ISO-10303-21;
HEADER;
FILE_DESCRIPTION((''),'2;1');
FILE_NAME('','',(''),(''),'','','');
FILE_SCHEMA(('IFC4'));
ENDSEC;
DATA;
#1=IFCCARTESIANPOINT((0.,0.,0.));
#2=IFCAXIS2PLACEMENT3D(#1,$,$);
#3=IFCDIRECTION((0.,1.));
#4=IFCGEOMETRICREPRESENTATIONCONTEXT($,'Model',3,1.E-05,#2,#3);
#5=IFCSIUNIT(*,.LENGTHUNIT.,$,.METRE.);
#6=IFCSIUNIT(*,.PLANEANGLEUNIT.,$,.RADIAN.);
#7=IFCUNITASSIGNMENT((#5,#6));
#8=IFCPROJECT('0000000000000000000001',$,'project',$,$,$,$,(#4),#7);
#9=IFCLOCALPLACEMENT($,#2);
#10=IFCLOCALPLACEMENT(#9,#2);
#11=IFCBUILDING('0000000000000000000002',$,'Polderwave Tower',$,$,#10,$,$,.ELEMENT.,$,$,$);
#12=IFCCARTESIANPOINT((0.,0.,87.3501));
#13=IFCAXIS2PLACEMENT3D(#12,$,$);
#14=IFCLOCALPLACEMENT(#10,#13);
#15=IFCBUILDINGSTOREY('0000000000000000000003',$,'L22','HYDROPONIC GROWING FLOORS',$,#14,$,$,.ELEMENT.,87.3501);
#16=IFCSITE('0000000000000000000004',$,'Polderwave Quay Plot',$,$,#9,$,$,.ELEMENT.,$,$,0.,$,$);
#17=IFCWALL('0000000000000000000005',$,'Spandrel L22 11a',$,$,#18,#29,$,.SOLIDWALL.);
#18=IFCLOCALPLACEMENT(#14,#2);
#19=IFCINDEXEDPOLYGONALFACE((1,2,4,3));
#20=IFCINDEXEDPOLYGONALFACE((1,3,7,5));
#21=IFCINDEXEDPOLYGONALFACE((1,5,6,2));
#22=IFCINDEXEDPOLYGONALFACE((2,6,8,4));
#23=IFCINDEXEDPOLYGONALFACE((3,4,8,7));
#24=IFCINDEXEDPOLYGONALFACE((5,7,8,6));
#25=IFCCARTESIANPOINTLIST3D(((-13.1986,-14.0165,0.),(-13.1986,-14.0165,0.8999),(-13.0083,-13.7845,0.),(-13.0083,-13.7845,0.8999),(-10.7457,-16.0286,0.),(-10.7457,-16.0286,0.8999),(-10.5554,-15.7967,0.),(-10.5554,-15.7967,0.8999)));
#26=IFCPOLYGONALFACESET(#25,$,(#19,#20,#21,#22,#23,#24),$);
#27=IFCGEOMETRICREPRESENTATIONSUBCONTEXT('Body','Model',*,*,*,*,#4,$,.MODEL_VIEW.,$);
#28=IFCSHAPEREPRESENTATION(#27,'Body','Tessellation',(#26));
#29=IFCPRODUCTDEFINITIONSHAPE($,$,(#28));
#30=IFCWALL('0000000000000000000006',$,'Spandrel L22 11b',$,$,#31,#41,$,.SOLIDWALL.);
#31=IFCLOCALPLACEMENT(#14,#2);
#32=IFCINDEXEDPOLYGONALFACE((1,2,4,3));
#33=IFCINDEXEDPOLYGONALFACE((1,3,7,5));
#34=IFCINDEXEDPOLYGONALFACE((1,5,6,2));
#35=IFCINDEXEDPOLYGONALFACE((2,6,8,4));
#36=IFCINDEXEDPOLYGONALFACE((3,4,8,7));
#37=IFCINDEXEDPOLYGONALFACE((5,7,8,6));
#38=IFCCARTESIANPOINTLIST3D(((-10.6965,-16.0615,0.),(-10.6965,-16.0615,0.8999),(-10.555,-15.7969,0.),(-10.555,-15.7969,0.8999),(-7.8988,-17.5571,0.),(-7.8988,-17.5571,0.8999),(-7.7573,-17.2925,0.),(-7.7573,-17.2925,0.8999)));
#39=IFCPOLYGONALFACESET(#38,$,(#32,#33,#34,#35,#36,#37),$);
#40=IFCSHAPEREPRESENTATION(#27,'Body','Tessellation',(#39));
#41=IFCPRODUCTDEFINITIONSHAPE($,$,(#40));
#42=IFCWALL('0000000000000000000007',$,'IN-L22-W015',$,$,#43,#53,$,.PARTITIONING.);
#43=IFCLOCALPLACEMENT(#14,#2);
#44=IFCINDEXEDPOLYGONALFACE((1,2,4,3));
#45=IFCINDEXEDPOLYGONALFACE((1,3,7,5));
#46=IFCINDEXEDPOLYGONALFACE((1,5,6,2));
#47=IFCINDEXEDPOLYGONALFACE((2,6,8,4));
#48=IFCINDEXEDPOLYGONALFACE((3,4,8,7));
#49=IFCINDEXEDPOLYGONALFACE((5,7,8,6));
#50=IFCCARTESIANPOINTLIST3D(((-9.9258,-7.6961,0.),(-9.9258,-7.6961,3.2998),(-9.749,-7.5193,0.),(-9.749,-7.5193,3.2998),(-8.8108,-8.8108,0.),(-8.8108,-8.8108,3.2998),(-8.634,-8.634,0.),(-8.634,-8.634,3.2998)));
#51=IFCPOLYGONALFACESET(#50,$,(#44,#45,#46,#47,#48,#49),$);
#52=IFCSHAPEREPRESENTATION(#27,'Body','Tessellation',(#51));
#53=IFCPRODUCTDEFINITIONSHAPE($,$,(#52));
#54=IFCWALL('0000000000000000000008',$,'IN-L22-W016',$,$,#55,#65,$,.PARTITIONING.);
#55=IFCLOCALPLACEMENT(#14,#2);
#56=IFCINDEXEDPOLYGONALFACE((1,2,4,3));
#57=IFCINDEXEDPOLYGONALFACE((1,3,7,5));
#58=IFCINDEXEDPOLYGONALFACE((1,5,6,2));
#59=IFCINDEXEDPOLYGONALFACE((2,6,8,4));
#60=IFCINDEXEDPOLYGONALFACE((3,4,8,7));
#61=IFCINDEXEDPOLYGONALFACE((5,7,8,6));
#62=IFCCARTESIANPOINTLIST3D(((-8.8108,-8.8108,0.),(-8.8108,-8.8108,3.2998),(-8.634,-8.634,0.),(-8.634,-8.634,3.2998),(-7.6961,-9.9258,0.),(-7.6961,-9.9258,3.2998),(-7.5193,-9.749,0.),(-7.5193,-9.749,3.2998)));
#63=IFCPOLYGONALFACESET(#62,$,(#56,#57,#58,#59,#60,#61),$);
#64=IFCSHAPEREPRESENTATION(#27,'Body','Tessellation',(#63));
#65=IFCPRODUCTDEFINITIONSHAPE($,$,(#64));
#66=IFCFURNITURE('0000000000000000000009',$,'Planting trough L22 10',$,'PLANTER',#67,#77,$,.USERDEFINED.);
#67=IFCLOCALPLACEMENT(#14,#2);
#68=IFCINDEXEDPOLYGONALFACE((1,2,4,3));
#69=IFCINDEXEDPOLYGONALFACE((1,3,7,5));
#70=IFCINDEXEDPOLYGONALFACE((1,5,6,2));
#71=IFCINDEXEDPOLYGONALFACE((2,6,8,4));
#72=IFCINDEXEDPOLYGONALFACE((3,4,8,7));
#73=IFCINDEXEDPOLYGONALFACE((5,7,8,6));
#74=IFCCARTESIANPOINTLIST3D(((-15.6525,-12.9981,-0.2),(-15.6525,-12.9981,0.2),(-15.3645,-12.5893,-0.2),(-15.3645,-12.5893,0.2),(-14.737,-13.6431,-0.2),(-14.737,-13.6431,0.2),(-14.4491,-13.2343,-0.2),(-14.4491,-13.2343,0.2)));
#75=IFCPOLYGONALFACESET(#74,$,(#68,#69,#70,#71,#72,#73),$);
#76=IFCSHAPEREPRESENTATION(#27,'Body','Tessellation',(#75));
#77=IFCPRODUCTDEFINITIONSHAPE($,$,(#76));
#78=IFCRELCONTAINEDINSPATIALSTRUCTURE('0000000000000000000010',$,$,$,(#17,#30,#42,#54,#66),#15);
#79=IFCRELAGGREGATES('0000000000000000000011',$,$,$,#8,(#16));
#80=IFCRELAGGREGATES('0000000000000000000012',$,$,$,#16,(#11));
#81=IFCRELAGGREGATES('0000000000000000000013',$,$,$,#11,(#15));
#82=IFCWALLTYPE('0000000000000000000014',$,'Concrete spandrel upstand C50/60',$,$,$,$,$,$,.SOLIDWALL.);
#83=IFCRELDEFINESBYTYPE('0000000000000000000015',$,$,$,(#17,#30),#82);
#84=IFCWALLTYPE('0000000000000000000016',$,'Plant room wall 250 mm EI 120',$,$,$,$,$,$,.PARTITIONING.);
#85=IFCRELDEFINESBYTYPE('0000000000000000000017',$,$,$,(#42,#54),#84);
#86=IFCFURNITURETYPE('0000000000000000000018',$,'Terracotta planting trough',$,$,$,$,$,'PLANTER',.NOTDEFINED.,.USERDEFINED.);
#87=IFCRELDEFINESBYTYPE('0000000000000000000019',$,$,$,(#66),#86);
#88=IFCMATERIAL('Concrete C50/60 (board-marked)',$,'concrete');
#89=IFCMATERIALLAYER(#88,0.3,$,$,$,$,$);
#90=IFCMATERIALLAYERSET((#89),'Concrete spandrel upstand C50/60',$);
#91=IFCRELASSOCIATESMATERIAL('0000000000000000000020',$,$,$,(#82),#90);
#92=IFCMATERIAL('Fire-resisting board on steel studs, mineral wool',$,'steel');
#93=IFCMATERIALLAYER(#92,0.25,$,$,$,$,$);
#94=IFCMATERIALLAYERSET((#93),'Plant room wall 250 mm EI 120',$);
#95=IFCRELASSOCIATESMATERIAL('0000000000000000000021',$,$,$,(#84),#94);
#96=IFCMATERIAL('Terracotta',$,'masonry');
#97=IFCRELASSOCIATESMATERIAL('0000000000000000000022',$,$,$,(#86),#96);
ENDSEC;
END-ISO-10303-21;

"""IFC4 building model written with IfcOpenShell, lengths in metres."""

from ifc_helpers import new_model, si_unit, direction, frame, frame_2d, origin, origin_2d, place, context, subcontext, project, spatial, rectangle, extrude, material, layer, layer_set, type_object, element, save


model = new_model("IFC4")

# Units and contexts
model_context = context("Model", 3, precision=1e-05, world=origin(), true_north=direction((0.0, 1.0)))
body_context = subcontext(model_context, "Body", "Model", "MODEL_VIEW")
ifc_project = project(units=[si_unit("LENGTHUNIT", "METRE"), si_unit("PLANEANGLEUNIT", "RADIAN")], contexts=[model_context])

# Site, building, storey
site_placement = place(None, origin())
site = spatial("IfcSite", under=ifc_project, at=site_placement, Name="Polderwave Quay Plot", CompositionType="ELEMENT", RefElevation=0.0)
building_placement = place(site_placement, origin())
building = spatial("IfcBuilding", under=site, at=building_placement, Name="Polderwave Tower", CompositionType="ELEMENT")
storey_placement = place(building_placement, frame((0.0, 0.0, 87.3501)))
storey = spatial("IfcBuildingStorey", under=building, at=storey_placement, Name="L22", Description="HYDROPONIC GROWING FLOORS", CompositionType="ELEMENT", Elevation=87.3501)

# Walls
ifc_material_1 = material(Name="Concrete C50/60 (board-marked)", Category="concrete")
ifc_layer_1 = layer(ifc_material_1, 0.3)
ifc_layer_set_1 = layer_set([ifc_layer_1], Name="Concrete spandrel upstand C50/60")
wall_type_1 = type_object("IfcWallType", Name="Concrete spandrel upstand C50/60", PredefinedType="SOLIDWALL", material=ifc_layer_set_1)
for number, where, z_axis, x_axis, name in (
    (1, (-13.1035, -13.9004, 0.0), (0.0, 0.0, 1.0), (0.773137, -0.634239, 0.0), "Spandrel L22 11a"),
):
    element("IfcWall", number, at=place(storey_placement, frame(where, z_axis=z_axis, x_axis=x_axis)), inside=storey, type_object=wall_type_1, Name=name, PredefinedType="SOLIDWALL", context=body_context, shape_type="SweptSolid", body=[
        extrude(rectangle(XDim=3.1726, YDim=0.3, at=frame_2d((1.5864, 0.0))), origin(), (0.0, 0.0, 1.0), 0.8999),
    ])
wall_placement = place(storey_placement, frame((-10.6257, -15.9292, 0.0), z_axis=(0.0, 0.0, 1.0), x_axis=(0.881888, -0.471459, 0.0)))
element("IfcWall", 2, at=wall_placement, inside=storey, type_object=wall_type_1, Name="Spandrel L22 11b", PredefinedType="SOLIDWALL", context=body_context, shape_type="SweptSolid", body=[
    extrude(rectangle(XDim=3.1724, YDim=0.3, at=frame_2d((1.5862, 0.0))), origin(), (0.0, 0.0, 1.0), 0.8999),
])
ifc_material_2 = material(Name="Fire-resisting board on steel studs, mineral wool", Category="steel")
ifc_layer_2 = layer(ifc_material_2, 0.25)
ifc_layer_set_2 = layer_set([ifc_layer_2], Name="Plant room wall 250 mm EI 120")
wall_type_2 = type_object("IfcWallType", Name="Plant room wall 250 mm EI 120", PredefinedType="PARTITIONING", material=ifc_layer_set_2)
for number, where, z_axis, x_axis, name in (
    (3, (-8.7224, -8.7224, 0.0), (0.0, 0.0, 1.0), (-0.707184, 0.707029, 0.0), "IN-L22-W015"),
    (4, (-7.6077, -9.8374, 0.0), (0.0, 0.0, 1.0), (-0.707029, 0.707184, 0.0), "IN-L22-W016"),
):
    element("IfcWall", number, at=place(storey_placement, frame(where, z_axis=z_axis, x_axis=x_axis)), inside=storey, type_object=wall_type_2, Name=name, PredefinedType="PARTITIONING", context=body_context, shape_type="SweptSolid", body=[
        extrude(rectangle(XDim=1.5767, YDim=0.25, at=frame_2d((0.7883, 0.0))), origin(), (0.0, 0.0, 1.0), 3.2998),
    ])

# Furniture
ifc_material_3 = material(Name="Terracotta", Category="masonry")
furniture_type = type_object("IfcFurnitureType", Name="Terracotta planting trough", ElementType="PLANTER", AssemblyPlace="NOTDEFINED", PredefinedType="USERDEFINED", material=ifc_material_3)
furniture_placement = place(storey_placement, frame((-15.0508, -13.1162, -0.2), z_axis=(0.0, 0.0, 1.0), x_axis=(0.817472, -0.575969, 0.0)))
element("IfcFurniture", 5, at=furniture_placement, inside=storey, type_object=furniture_type, Name="Planting trough L22 10", ObjectType="PLANTER", PredefinedType="USERDEFINED", context=body_context, shape_type="SweptSolid", body=[
    extrude(rectangle(XDim=1.1199, YDim=0.5, at=origin_2d()), origin(), (0.0, 0.0, 1.0), 0.3999),
])

save(model, "model.ifc")
